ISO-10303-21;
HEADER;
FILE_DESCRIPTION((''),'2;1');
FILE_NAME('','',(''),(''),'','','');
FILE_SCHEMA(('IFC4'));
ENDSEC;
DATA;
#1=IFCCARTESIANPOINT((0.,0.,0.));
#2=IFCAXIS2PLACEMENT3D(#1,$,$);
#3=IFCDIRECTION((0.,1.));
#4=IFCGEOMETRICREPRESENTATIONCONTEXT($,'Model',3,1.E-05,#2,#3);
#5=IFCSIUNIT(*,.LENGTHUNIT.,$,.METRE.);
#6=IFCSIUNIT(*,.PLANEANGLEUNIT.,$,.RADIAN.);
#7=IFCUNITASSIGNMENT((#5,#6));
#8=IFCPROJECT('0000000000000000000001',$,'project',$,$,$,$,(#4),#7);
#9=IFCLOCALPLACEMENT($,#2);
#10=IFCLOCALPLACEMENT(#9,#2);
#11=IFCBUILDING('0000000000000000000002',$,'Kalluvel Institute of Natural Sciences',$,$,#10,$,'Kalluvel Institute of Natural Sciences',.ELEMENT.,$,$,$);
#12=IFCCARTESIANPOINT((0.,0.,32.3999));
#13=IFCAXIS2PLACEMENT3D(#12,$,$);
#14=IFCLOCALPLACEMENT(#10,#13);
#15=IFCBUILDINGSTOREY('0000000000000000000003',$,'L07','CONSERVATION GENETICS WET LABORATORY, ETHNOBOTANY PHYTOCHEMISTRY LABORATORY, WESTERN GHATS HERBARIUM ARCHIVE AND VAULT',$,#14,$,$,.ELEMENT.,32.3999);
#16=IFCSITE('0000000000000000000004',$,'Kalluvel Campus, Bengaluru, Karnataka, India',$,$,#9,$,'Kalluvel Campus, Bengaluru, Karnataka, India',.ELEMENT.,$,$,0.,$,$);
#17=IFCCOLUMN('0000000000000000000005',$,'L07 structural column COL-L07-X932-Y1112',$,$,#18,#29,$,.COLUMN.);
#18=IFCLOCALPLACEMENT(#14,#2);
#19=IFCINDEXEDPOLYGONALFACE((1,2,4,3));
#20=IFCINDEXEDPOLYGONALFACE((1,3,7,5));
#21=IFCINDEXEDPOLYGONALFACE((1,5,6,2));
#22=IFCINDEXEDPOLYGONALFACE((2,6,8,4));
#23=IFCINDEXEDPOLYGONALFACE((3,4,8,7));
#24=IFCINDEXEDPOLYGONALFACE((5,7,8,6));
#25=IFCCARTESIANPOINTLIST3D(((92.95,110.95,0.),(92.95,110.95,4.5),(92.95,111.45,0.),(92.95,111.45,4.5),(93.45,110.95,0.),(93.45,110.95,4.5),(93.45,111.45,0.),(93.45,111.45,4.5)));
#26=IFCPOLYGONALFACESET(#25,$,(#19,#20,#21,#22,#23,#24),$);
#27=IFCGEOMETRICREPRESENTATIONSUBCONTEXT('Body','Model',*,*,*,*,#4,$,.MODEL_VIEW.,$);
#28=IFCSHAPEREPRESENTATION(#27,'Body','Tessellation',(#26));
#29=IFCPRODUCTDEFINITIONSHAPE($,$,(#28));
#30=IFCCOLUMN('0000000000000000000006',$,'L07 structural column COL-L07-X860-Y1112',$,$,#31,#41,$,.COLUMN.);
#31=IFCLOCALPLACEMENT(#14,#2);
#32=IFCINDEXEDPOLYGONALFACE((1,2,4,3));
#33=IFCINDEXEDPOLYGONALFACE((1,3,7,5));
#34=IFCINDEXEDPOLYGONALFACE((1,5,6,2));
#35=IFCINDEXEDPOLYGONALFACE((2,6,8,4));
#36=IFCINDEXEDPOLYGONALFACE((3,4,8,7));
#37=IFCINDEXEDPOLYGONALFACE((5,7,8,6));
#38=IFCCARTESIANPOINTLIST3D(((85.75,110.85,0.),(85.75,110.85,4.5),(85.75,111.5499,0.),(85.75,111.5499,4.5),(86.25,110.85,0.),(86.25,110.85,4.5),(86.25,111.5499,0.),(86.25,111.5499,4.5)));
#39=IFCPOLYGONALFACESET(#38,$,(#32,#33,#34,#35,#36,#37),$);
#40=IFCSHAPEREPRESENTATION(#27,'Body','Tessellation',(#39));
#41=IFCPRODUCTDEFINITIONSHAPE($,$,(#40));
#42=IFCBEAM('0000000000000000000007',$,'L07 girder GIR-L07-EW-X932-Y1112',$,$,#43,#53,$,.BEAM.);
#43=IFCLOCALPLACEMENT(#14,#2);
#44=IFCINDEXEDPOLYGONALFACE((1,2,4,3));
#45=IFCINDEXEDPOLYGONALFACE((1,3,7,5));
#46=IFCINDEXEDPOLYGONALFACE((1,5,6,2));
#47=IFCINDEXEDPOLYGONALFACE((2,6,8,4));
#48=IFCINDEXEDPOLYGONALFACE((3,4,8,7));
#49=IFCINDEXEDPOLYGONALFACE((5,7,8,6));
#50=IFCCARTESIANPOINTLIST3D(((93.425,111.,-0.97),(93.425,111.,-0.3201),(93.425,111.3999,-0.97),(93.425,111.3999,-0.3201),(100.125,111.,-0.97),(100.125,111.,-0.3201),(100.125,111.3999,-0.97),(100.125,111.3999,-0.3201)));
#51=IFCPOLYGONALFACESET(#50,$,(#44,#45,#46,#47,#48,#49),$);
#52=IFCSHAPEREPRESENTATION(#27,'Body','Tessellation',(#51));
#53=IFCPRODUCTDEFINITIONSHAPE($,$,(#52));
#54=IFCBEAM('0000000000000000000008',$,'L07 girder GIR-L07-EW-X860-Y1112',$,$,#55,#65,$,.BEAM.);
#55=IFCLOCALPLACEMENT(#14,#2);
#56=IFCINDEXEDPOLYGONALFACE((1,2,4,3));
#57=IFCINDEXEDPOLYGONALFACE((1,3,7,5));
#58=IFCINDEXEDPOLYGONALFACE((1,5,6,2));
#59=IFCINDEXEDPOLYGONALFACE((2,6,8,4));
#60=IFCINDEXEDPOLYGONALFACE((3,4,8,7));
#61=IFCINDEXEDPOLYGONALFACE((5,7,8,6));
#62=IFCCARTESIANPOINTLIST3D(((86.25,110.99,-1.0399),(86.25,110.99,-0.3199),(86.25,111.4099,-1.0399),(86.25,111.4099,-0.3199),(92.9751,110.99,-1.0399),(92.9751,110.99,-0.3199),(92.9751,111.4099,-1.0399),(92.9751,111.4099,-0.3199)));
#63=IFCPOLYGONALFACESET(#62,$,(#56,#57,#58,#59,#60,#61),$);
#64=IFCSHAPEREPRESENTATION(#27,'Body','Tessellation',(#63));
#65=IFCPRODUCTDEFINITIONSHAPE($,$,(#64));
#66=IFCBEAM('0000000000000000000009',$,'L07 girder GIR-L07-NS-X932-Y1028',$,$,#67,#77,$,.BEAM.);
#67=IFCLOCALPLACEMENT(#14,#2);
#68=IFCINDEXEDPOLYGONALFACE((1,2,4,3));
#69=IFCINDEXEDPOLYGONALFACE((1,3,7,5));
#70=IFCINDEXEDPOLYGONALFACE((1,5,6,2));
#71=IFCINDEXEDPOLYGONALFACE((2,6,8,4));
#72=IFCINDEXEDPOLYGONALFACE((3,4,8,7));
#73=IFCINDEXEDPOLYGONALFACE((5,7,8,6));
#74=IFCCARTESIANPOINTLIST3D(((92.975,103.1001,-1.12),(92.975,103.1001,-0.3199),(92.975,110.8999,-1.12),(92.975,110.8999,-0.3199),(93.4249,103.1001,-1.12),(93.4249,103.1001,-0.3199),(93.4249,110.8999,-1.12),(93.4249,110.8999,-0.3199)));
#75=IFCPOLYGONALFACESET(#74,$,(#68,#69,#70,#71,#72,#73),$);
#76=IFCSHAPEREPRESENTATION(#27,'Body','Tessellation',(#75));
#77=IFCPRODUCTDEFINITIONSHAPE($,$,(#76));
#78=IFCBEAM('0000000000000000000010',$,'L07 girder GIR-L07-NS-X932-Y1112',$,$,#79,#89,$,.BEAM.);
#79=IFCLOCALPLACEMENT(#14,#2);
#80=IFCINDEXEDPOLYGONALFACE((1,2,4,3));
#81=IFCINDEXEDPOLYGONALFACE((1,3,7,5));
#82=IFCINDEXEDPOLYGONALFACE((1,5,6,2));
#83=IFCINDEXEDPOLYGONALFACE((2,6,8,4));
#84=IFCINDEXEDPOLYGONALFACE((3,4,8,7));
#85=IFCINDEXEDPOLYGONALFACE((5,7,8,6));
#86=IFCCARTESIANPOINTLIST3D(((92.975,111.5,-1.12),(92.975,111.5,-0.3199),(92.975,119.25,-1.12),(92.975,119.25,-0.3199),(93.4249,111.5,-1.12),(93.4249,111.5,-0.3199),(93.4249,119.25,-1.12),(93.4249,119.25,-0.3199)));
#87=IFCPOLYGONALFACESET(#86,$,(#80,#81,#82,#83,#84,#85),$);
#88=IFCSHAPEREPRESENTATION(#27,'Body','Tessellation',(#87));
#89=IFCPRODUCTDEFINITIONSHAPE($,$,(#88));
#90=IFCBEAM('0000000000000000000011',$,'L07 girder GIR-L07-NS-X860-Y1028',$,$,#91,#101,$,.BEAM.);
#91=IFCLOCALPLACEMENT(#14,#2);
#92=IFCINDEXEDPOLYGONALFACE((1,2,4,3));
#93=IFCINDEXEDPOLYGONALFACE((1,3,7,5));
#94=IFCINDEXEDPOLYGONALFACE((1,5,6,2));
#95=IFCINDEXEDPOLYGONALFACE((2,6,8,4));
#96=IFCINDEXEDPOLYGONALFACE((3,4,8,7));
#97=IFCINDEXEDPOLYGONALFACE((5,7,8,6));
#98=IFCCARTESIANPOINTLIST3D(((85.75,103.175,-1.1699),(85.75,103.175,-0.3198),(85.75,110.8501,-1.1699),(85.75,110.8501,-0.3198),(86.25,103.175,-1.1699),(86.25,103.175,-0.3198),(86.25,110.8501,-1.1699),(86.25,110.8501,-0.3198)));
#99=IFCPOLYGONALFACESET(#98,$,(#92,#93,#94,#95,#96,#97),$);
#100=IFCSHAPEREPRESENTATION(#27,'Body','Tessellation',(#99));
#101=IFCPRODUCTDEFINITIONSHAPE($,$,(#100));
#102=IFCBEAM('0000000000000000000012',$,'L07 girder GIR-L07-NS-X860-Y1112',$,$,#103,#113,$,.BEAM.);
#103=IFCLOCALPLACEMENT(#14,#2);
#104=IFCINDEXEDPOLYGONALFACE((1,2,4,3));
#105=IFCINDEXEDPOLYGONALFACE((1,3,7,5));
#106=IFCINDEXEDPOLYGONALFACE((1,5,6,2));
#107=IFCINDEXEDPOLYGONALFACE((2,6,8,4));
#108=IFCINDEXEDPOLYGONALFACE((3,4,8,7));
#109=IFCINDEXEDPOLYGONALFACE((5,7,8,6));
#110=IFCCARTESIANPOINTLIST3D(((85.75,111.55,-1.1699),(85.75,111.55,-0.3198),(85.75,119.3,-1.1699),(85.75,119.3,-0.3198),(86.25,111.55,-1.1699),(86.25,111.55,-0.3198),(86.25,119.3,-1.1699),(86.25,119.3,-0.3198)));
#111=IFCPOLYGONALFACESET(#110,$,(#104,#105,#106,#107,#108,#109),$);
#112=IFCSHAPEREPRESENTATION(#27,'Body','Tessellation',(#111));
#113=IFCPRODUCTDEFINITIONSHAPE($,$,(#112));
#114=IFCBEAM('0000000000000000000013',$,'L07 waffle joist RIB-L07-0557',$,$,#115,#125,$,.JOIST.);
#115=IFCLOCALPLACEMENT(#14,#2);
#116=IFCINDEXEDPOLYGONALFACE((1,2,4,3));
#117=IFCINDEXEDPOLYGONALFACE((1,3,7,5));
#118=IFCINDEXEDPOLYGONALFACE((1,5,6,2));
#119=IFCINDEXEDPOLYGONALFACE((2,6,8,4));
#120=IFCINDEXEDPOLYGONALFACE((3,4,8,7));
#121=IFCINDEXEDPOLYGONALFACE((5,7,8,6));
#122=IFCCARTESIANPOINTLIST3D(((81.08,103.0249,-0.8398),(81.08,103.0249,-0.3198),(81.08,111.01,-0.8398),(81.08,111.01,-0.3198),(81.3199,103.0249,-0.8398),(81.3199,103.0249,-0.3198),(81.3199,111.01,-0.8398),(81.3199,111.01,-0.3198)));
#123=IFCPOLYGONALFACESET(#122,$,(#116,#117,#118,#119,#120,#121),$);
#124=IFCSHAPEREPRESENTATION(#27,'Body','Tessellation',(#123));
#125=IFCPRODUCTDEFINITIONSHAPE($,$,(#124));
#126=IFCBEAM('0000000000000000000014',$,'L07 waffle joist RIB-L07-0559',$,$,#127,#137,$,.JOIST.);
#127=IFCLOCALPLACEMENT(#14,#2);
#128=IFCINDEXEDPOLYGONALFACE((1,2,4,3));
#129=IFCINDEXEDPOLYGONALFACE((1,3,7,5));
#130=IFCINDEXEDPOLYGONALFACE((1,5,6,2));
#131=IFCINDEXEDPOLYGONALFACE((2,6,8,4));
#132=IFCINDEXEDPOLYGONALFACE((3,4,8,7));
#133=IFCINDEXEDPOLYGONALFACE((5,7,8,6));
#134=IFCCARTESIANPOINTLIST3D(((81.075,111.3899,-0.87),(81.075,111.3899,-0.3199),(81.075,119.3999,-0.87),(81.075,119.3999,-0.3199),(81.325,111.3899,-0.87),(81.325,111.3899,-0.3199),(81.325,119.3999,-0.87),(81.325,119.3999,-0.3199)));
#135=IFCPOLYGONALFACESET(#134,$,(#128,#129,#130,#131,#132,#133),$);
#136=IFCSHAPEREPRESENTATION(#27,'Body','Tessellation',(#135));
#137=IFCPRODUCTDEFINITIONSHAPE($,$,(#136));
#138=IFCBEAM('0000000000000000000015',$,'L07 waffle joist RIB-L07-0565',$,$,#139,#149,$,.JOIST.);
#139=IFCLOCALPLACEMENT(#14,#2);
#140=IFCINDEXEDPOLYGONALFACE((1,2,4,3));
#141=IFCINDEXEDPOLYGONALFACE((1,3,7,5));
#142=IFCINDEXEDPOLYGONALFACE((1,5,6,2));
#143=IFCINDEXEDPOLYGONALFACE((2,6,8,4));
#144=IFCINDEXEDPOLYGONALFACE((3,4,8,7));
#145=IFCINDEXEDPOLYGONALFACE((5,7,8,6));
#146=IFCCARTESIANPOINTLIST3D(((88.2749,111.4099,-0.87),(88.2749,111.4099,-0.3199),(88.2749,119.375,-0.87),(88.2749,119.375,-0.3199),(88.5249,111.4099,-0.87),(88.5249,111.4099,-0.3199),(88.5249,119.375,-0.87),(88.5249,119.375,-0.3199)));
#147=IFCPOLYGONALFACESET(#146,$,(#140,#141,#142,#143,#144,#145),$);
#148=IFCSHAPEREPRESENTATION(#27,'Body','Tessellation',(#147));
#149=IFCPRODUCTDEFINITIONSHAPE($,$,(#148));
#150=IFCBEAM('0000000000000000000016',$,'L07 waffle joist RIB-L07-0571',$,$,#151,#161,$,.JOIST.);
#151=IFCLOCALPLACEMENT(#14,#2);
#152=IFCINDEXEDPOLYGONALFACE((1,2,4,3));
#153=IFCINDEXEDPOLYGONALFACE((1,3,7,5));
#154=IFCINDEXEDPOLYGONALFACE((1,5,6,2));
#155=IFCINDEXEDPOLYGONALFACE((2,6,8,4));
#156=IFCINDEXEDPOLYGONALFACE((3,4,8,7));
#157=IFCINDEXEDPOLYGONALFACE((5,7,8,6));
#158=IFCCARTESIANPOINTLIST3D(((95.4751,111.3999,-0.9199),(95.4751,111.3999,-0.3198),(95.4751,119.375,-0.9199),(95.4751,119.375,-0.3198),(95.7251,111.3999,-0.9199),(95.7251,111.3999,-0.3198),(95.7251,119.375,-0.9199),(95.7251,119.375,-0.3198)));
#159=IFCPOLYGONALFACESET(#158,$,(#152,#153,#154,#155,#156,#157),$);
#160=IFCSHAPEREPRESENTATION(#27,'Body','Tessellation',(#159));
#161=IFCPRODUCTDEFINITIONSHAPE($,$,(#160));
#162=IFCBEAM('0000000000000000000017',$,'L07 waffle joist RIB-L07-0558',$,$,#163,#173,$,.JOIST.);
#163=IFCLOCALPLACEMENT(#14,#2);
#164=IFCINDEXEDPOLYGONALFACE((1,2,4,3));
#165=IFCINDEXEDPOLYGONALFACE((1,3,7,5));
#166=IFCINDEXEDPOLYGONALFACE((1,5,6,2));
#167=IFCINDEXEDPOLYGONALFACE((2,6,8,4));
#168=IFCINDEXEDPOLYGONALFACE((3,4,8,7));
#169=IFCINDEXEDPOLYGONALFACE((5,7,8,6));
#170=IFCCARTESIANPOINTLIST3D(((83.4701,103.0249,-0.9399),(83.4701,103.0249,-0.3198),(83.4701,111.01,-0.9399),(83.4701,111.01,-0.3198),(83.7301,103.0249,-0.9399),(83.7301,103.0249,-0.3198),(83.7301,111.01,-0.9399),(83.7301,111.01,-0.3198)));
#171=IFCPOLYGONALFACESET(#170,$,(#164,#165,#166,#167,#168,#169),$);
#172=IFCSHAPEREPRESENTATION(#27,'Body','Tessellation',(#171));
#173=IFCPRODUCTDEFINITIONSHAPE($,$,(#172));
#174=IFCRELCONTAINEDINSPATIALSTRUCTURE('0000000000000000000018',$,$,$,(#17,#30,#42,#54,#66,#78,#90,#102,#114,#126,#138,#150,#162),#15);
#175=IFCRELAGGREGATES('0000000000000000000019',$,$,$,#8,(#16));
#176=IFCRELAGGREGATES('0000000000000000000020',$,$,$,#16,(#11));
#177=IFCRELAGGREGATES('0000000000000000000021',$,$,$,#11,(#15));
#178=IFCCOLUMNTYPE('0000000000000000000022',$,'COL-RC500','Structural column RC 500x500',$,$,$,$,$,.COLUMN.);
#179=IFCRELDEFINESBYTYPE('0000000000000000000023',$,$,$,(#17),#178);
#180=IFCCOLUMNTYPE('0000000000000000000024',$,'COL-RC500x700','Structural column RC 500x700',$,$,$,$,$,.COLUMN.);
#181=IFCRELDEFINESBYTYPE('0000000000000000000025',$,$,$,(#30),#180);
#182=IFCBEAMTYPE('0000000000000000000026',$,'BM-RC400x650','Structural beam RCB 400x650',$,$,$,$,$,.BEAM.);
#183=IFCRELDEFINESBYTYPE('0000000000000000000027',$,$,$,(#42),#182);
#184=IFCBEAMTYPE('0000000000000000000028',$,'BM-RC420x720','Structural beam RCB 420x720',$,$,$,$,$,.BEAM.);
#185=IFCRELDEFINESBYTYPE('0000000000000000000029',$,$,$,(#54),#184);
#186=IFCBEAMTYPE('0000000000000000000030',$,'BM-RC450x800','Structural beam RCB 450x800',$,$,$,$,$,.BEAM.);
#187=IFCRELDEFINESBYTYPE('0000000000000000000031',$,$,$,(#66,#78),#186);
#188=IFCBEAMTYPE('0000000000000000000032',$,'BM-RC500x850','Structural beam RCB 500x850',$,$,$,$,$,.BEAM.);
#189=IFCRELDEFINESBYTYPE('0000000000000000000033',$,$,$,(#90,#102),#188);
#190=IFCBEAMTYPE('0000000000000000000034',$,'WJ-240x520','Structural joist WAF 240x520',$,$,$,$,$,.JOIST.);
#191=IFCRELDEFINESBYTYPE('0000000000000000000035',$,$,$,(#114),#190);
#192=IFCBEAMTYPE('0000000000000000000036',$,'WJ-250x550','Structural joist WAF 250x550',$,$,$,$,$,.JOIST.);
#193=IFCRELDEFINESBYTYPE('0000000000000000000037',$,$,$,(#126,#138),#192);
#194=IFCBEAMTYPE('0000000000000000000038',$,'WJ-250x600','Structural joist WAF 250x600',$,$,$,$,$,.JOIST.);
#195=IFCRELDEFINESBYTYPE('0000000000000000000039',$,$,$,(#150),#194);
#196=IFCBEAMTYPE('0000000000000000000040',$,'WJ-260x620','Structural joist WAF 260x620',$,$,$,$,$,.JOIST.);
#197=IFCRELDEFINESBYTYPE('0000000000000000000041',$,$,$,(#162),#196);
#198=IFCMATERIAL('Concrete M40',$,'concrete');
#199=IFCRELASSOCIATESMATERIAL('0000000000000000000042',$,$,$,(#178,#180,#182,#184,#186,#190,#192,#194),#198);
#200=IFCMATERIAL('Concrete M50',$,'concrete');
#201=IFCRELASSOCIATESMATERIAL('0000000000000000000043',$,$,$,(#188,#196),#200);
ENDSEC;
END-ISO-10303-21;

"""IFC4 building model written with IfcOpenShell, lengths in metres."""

from ifc_helpers import new_model, si_unit, direction, frame, origin, origin_2d, place, context, subcontext, project, spatial, rectangle, extrude, material, material_profile, profile_set, type_object, element, save


model = new_model("IFC4")

# Units and contexts
model_context = context("Model", 3, precision=1e-05, world=origin(), true_north=direction((0.0, 1.0)))
body_context = subcontext(model_context, "Body", "Model", "MODEL_VIEW")
ifc_project = project(units=[si_unit("LENGTHUNIT", "METRE"), si_unit("PLANEANGLEUNIT", "RADIAN")], contexts=[model_context])

# Site, building, storey
site_placement = place(None, origin())
site = spatial("IfcSite", under=ifc_project, at=site_placement, Name="Kalluvel Campus, Bengaluru, Karnataka, India", LongName="Kalluvel Campus, Bengaluru, Karnataka, India", CompositionType="ELEMENT", RefElevation=0.0)
building_placement = place(site_placement, origin())
building = spatial("IfcBuilding", under=site, at=building_placement, Name="Kalluvel Institute of Natural Sciences", LongName="Kalluvel Institute of Natural Sciences", CompositionType="ELEMENT")
storey_placement = place(building_placement, frame((0.0, 0.0, 32.3999)))
storey = spatial("IfcBuildingStorey", under=building, at=storey_placement, Name="L07", Description="CONSERVATION GENETICS WET LABORATORY, ETHNOBOTANY PHYTOCHEMISTRY LABORATORY, WESTERN GHATS HERBARIUM ARCHIVE AND VAULT", CompositionType="ELEMENT", Elevation=32.3999)

# Columns
ifc_material_1 = material(Name="Concrete M40", Category="concrete")
ifc_material_profile_1 = material_profile(ifc_material_1, rectangle(XDim=0.5, YDim=0.5, at=origin_2d()), Name="RC 500x500")
ifc_profile_set_1 = profile_set([ifc_material_profile_1], Name="Concrete M40")
column_type_1 = type_object("IfcColumnType", Name="COL-RC500", Description="Structural column RC 500x500", PredefinedType="COLUMN", material=ifc_profile_set_1)
column_1_placement = place(storey_placement, frame((93.2, 111.2, 0.0), z_axis=(0.0, 0.0, 1.0), x_axis=(1.0, 0.0, 0.0)))
element("IfcColumn", 1, at=column_1_placement, inside=storey, type_object=column_type_1, Name="L07 structural column COL-L07-X932-Y1112", PredefinedType="COLUMN", context=body_context, shape_type="SweptSolid", body=[
    extrude(rectangle(XDim=0.5, YDim=0.5, at=origin_2d()), origin(), (0.0, 0.0, 1.0), 4.5),
])
ifc_material_profile_2 = material_profile(ifc_material_1, rectangle(XDim=0.5, YDim=0.7, at=origin_2d()), Name="RC 500x700")
ifc_profile_set_2 = profile_set([ifc_material_profile_2], Name="Concrete M40")
column_type_2 = type_object("IfcColumnType", Name="COL-RC500x700", Description="Structural column RC 500x700", PredefinedType="COLUMN", material=ifc_profile_set_2)
column_2_placement = place(storey_placement, frame((86.0, 111.2, 0.0), z_axis=(0.0, 0.0, 1.0), x_axis=(1.0, 0.0, 0.0)))
element("IfcColumn", 2, at=column_2_placement, inside=storey, type_object=column_type_2, Name="L07 structural column COL-L07-X860-Y1112", PredefinedType="COLUMN", context=body_context, shape_type="SweptSolid", body=[
    extrude(rectangle(XDim=0.5, YDim=0.7, at=origin_2d()), origin(), (0.0, 0.0, 1.0), 4.5),
])

# Beams
ifc_material_profile_3 = material_profile(ifc_material_1, rectangle(XDim=0.3999, YDim=0.6499, at=origin_2d()), Name="RCB 400x650")
ifc_profile_set_3 = profile_set([ifc_material_profile_3], Name="Concrete M40")
beam_type_1 = type_object("IfcBeamType", Name="BM-RC400x650", Description="Structural beam RCB 400x650", PredefinedType="BEAM", material=ifc_profile_set_3)
beam_1_placement = place(storey_placement, frame((93.425, 111.2, -0.645), z_axis=(1.0, 0.0, 0.0), x_axis=(0.0, 1.0, 0.0)))
element("IfcBeam", 3, at=beam_1_placement, inside=storey, type_object=beam_type_1, Name="L07 girder GIR-L07-EW-X932-Y1112", PredefinedType="BEAM", context=body_context, shape_type="SweptSolid", body=[
    extrude(rectangle(XDim=0.3999, YDim=0.6499, at=origin_2d()), origin(), (0.0, 0.0, 1.0), 6.7),
])
ifc_material_profile_4 = material_profile(ifc_material_1, rectangle(XDim=0.4199, YDim=0.72, at=origin_2d()), Name="RCB 420x720")
ifc_profile_set_4 = profile_set([ifc_material_profile_4], Name="Concrete M40")
beam_type_2 = type_object("IfcBeamType", Name="BM-RC420x720", Description="Structural beam RCB 420x720", PredefinedType="BEAM", material=ifc_profile_set_4)
beam_2_placement = place(storey_placement, frame((86.25, 111.2, -0.6799), z_axis=(1.0, 0.0, 0.0), x_axis=(0.0, 1.0, 0.0)))
element("IfcBeam", 4, at=beam_2_placement, inside=storey, type_object=beam_type_2, Name="L07 girder GIR-L07-EW-X860-Y1112", PredefinedType="BEAM", context=body_context, shape_type="SweptSolid", body=[
    extrude(rectangle(XDim=0.4199, YDim=0.72, at=origin_2d()), origin(), (0.0, 0.0, 1.0), 6.7251),
])
ifc_material_profile_5 = material_profile(ifc_material_1, rectangle(XDim=0.45, YDim=0.8, at=origin_2d()), Name="RCB 450x800")
ifc_profile_set_5 = profile_set([ifc_material_profile_5], Name="Concrete M40")
beam_type_3 = type_object("IfcBeamType", Name="BM-RC450x800", Description="Structural beam RCB 450x800", PredefinedType="BEAM", material=ifc_profile_set_5)
beam_3_placement = place(storey_placement, frame((93.2, 103.1001, -0.72), z_axis=(0.0, 1.0, 0.0), x_axis=(-1.0, 0.0, 0.0)))
element("IfcBeam", 5, at=beam_3_placement, inside=storey, type_object=beam_type_3, Name="L07 girder GIR-L07-NS-X932-Y1028", PredefinedType="BEAM", context=body_context, shape_type="SweptSolid", body=[
    extrude(rectangle(XDim=0.45, YDim=0.8, at=origin_2d()), origin(), (0.0, 0.0, 1.0), 7.7998),
])
beam_4_placement = place(storey_placement, frame((93.2, 111.5, -0.72), z_axis=(0.0, 1.0, 0.0), x_axis=(-1.0, 0.0, 0.0)))
element("IfcBeam", 6, at=beam_4_placement, inside=storey, type_object=beam_type_3, Name="L07 girder GIR-L07-NS-X932-Y1112", PredefinedType="BEAM", context=body_context, shape_type="SweptSolid", body=[
    extrude(rectangle(XDim=0.45, YDim=0.8, at=origin_2d()), origin(), (0.0, 0.0, 1.0), 7.75),
])
ifc_material_2 = material(Name="Concrete M50", Category="concrete")
ifc_material_profile_6 = material_profile(ifc_material_2, rectangle(XDim=0.5, YDim=0.8501, at=origin_2d()), Name="RCB 500x850")
ifc_profile_set_6 = profile_set([ifc_material_profile_6], Name="Concrete M50")
beam_type_4 = type_object("IfcBeamType", Name="BM-RC500x850", Description="Structural beam RCB 500x850", PredefinedType="BEAM", material=ifc_profile_set_6)
beam_5_placement = place(storey_placement, frame((86.0, 103.175, -0.7449), z_axis=(0.0, 1.0, 0.0), x_axis=(-1.0, 0.0, 0.0)))
element("IfcBeam", 7, at=beam_5_placement, inside=storey, type_object=beam_type_4, Name="L07 girder GIR-L07-NS-X860-Y1028", PredefinedType="BEAM", context=body_context, shape_type="SweptSolid", body=[
    extrude(rectangle(XDim=0.5, YDim=0.8501, at=origin_2d()), origin(), (0.0, 0.0, 1.0), 7.675),
])
beam_6_placement = place(storey_placement, frame((86.0, 111.55, -0.7449), z_axis=(0.0, 1.0, 0.0), x_axis=(-1.0, 0.0, 0.0)))
element("IfcBeam", 8, at=beam_6_placement, inside=storey, type_object=beam_type_4, Name="L07 girder GIR-L07-NS-X860-Y1112", PredefinedType="BEAM", context=body_context, shape_type="SweptSolid", body=[
    extrude(rectangle(XDim=0.5, YDim=0.8501, at=origin_2d()), origin(), (0.0, 0.0, 1.0), 7.75),
])
ifc_material_profile_7 = material_profile(ifc_material_1, rectangle(XDim=0.24, YDim=0.52, at=origin_2d()), Name="WAF 240x520")
ifc_profile_set_7 = profile_set([ifc_material_profile_7], Name="Concrete M40")
beam_type_5 = type_object("IfcBeamType", Name="WJ-240x520", Description="Structural joist WAF 240x520", PredefinedType="JOIST", material=ifc_profile_set_7)
beam_7_placement = place(storey_placement, frame((81.2, 103.0249, -0.5798), z_axis=(0.0, 1.0, 0.0), x_axis=(-1.0, 0.0, 0.0)))
element("IfcBeam", 9, at=beam_7_placement, inside=storey, type_object=beam_type_5, Name="L07 waffle joist RIB-L07-0557", PredefinedType="JOIST", context=body_context, shape_type="SweptSolid", body=[
    extrude(rectangle(XDim=0.24, YDim=0.52, at=origin_2d()), origin(), (0.0, 0.0, 1.0), 7.9851),
])
ifc_material_profile_8 = material_profile(ifc_material_1, rectangle(XDim=0.25, YDim=0.55, at=origin_2d()), Name="WAF 250x550")
ifc_profile_set_8 = profile_set([ifc_material_profile_8], Name="Concrete M40")
beam_type_6 = type_object("IfcBeamType", Name="WJ-250x550", Description="Structural joist WAF 250x550", PredefinedType="JOIST", material=ifc_profile_set_8)
beam_8_placement = place(storey_placement, frame((81.2, 111.3899, -0.595), z_axis=(0.0, 1.0, 0.0), x_axis=(-1.0, 0.0, 0.0)))
element("IfcBeam", 10, at=beam_8_placement, inside=storey, type_object=beam_type_6, Name="L07 waffle joist RIB-L07-0559", PredefinedType="JOIST", context=body_context, shape_type="SweptSolid", body=[
    extrude(rectangle(XDim=0.25, YDim=0.55, at=origin_2d()), origin(), (0.0, 0.0, 1.0), 8.01),
])
beam_9_placement = place(storey_placement, frame((88.3999, 111.4099, -0.595), z_axis=(0.0, 1.0, 0.0), x_axis=(-1.0, 0.0, 0.0)))
element("IfcBeam", 11, at=beam_9_placement, inside=storey, type_object=beam_type_6, Name="L07 waffle joist RIB-L07-0565", PredefinedType="JOIST", context=body_context, shape_type="SweptSolid", body=[
    extrude(rectangle(XDim=0.25, YDim=0.55, at=origin_2d()), origin(), (0.0, 0.0, 1.0), 7.9651),
])
ifc_material_profile_9 = material_profile(ifc_material_1, rectangle(XDim=0.25, YDim=0.6001, at=origin_2d()), Name="WAF 250x600")
ifc_profile_set_9 = profile_set([ifc_material_profile_9], Name="Concrete M40")
beam_type_7 = type_object("IfcBeamType", Name="WJ-250x600", Description="Structural joist WAF 250x600", PredefinedType="JOIST", material=ifc_profile_set_9)
beam_10_placement = place(storey_placement, frame((95.6001, 111.3999, -0.6199), z_axis=(0.0, 1.0, 0.0), x_axis=(-1.0, 0.0, 0.0)))
element("IfcBeam", 12, at=beam_10_placement, inside=storey, type_object=beam_type_7, Name="L07 waffle joist RIB-L07-0571", PredefinedType="JOIST", context=body_context, shape_type="SweptSolid", body=[
    extrude(rectangle(XDim=0.25, YDim=0.6001, at=origin_2d()), origin(), (0.0, 0.0, 1.0), 7.9751),
])
ifc_material_profile_10 = material_profile(ifc_material_2, rectangle(XDim=0.26, YDim=0.6201, at=origin_2d()), Name="WAF 260x620")
ifc_profile_set_10 = profile_set([ifc_material_profile_10], Name="Concrete M50")
beam_type_8 = type_object("IfcBeamType", Name="WJ-260x620", Description="Structural joist WAF 260x620", PredefinedType="JOIST", material=ifc_profile_set_10)
beam_11_placement = place(storey_placement, frame((83.6001, 103.0249, -0.6299), z_axis=(0.0, 1.0, 0.0), x_axis=(-1.0, 0.0, 0.0)))
element("IfcBeam", 13, at=beam_11_placement, inside=storey, type_object=beam_type_8, Name="L07 waffle joist RIB-L07-0558", PredefinedType="JOIST", context=body_context, shape_type="SweptSolid", body=[
    extrude(rectangle(XDim=0.26, YDim=0.6201, at=origin_2d()), origin(), (0.0, 0.0, 1.0), 7.9851),
])

save(model, "model.ifc")
